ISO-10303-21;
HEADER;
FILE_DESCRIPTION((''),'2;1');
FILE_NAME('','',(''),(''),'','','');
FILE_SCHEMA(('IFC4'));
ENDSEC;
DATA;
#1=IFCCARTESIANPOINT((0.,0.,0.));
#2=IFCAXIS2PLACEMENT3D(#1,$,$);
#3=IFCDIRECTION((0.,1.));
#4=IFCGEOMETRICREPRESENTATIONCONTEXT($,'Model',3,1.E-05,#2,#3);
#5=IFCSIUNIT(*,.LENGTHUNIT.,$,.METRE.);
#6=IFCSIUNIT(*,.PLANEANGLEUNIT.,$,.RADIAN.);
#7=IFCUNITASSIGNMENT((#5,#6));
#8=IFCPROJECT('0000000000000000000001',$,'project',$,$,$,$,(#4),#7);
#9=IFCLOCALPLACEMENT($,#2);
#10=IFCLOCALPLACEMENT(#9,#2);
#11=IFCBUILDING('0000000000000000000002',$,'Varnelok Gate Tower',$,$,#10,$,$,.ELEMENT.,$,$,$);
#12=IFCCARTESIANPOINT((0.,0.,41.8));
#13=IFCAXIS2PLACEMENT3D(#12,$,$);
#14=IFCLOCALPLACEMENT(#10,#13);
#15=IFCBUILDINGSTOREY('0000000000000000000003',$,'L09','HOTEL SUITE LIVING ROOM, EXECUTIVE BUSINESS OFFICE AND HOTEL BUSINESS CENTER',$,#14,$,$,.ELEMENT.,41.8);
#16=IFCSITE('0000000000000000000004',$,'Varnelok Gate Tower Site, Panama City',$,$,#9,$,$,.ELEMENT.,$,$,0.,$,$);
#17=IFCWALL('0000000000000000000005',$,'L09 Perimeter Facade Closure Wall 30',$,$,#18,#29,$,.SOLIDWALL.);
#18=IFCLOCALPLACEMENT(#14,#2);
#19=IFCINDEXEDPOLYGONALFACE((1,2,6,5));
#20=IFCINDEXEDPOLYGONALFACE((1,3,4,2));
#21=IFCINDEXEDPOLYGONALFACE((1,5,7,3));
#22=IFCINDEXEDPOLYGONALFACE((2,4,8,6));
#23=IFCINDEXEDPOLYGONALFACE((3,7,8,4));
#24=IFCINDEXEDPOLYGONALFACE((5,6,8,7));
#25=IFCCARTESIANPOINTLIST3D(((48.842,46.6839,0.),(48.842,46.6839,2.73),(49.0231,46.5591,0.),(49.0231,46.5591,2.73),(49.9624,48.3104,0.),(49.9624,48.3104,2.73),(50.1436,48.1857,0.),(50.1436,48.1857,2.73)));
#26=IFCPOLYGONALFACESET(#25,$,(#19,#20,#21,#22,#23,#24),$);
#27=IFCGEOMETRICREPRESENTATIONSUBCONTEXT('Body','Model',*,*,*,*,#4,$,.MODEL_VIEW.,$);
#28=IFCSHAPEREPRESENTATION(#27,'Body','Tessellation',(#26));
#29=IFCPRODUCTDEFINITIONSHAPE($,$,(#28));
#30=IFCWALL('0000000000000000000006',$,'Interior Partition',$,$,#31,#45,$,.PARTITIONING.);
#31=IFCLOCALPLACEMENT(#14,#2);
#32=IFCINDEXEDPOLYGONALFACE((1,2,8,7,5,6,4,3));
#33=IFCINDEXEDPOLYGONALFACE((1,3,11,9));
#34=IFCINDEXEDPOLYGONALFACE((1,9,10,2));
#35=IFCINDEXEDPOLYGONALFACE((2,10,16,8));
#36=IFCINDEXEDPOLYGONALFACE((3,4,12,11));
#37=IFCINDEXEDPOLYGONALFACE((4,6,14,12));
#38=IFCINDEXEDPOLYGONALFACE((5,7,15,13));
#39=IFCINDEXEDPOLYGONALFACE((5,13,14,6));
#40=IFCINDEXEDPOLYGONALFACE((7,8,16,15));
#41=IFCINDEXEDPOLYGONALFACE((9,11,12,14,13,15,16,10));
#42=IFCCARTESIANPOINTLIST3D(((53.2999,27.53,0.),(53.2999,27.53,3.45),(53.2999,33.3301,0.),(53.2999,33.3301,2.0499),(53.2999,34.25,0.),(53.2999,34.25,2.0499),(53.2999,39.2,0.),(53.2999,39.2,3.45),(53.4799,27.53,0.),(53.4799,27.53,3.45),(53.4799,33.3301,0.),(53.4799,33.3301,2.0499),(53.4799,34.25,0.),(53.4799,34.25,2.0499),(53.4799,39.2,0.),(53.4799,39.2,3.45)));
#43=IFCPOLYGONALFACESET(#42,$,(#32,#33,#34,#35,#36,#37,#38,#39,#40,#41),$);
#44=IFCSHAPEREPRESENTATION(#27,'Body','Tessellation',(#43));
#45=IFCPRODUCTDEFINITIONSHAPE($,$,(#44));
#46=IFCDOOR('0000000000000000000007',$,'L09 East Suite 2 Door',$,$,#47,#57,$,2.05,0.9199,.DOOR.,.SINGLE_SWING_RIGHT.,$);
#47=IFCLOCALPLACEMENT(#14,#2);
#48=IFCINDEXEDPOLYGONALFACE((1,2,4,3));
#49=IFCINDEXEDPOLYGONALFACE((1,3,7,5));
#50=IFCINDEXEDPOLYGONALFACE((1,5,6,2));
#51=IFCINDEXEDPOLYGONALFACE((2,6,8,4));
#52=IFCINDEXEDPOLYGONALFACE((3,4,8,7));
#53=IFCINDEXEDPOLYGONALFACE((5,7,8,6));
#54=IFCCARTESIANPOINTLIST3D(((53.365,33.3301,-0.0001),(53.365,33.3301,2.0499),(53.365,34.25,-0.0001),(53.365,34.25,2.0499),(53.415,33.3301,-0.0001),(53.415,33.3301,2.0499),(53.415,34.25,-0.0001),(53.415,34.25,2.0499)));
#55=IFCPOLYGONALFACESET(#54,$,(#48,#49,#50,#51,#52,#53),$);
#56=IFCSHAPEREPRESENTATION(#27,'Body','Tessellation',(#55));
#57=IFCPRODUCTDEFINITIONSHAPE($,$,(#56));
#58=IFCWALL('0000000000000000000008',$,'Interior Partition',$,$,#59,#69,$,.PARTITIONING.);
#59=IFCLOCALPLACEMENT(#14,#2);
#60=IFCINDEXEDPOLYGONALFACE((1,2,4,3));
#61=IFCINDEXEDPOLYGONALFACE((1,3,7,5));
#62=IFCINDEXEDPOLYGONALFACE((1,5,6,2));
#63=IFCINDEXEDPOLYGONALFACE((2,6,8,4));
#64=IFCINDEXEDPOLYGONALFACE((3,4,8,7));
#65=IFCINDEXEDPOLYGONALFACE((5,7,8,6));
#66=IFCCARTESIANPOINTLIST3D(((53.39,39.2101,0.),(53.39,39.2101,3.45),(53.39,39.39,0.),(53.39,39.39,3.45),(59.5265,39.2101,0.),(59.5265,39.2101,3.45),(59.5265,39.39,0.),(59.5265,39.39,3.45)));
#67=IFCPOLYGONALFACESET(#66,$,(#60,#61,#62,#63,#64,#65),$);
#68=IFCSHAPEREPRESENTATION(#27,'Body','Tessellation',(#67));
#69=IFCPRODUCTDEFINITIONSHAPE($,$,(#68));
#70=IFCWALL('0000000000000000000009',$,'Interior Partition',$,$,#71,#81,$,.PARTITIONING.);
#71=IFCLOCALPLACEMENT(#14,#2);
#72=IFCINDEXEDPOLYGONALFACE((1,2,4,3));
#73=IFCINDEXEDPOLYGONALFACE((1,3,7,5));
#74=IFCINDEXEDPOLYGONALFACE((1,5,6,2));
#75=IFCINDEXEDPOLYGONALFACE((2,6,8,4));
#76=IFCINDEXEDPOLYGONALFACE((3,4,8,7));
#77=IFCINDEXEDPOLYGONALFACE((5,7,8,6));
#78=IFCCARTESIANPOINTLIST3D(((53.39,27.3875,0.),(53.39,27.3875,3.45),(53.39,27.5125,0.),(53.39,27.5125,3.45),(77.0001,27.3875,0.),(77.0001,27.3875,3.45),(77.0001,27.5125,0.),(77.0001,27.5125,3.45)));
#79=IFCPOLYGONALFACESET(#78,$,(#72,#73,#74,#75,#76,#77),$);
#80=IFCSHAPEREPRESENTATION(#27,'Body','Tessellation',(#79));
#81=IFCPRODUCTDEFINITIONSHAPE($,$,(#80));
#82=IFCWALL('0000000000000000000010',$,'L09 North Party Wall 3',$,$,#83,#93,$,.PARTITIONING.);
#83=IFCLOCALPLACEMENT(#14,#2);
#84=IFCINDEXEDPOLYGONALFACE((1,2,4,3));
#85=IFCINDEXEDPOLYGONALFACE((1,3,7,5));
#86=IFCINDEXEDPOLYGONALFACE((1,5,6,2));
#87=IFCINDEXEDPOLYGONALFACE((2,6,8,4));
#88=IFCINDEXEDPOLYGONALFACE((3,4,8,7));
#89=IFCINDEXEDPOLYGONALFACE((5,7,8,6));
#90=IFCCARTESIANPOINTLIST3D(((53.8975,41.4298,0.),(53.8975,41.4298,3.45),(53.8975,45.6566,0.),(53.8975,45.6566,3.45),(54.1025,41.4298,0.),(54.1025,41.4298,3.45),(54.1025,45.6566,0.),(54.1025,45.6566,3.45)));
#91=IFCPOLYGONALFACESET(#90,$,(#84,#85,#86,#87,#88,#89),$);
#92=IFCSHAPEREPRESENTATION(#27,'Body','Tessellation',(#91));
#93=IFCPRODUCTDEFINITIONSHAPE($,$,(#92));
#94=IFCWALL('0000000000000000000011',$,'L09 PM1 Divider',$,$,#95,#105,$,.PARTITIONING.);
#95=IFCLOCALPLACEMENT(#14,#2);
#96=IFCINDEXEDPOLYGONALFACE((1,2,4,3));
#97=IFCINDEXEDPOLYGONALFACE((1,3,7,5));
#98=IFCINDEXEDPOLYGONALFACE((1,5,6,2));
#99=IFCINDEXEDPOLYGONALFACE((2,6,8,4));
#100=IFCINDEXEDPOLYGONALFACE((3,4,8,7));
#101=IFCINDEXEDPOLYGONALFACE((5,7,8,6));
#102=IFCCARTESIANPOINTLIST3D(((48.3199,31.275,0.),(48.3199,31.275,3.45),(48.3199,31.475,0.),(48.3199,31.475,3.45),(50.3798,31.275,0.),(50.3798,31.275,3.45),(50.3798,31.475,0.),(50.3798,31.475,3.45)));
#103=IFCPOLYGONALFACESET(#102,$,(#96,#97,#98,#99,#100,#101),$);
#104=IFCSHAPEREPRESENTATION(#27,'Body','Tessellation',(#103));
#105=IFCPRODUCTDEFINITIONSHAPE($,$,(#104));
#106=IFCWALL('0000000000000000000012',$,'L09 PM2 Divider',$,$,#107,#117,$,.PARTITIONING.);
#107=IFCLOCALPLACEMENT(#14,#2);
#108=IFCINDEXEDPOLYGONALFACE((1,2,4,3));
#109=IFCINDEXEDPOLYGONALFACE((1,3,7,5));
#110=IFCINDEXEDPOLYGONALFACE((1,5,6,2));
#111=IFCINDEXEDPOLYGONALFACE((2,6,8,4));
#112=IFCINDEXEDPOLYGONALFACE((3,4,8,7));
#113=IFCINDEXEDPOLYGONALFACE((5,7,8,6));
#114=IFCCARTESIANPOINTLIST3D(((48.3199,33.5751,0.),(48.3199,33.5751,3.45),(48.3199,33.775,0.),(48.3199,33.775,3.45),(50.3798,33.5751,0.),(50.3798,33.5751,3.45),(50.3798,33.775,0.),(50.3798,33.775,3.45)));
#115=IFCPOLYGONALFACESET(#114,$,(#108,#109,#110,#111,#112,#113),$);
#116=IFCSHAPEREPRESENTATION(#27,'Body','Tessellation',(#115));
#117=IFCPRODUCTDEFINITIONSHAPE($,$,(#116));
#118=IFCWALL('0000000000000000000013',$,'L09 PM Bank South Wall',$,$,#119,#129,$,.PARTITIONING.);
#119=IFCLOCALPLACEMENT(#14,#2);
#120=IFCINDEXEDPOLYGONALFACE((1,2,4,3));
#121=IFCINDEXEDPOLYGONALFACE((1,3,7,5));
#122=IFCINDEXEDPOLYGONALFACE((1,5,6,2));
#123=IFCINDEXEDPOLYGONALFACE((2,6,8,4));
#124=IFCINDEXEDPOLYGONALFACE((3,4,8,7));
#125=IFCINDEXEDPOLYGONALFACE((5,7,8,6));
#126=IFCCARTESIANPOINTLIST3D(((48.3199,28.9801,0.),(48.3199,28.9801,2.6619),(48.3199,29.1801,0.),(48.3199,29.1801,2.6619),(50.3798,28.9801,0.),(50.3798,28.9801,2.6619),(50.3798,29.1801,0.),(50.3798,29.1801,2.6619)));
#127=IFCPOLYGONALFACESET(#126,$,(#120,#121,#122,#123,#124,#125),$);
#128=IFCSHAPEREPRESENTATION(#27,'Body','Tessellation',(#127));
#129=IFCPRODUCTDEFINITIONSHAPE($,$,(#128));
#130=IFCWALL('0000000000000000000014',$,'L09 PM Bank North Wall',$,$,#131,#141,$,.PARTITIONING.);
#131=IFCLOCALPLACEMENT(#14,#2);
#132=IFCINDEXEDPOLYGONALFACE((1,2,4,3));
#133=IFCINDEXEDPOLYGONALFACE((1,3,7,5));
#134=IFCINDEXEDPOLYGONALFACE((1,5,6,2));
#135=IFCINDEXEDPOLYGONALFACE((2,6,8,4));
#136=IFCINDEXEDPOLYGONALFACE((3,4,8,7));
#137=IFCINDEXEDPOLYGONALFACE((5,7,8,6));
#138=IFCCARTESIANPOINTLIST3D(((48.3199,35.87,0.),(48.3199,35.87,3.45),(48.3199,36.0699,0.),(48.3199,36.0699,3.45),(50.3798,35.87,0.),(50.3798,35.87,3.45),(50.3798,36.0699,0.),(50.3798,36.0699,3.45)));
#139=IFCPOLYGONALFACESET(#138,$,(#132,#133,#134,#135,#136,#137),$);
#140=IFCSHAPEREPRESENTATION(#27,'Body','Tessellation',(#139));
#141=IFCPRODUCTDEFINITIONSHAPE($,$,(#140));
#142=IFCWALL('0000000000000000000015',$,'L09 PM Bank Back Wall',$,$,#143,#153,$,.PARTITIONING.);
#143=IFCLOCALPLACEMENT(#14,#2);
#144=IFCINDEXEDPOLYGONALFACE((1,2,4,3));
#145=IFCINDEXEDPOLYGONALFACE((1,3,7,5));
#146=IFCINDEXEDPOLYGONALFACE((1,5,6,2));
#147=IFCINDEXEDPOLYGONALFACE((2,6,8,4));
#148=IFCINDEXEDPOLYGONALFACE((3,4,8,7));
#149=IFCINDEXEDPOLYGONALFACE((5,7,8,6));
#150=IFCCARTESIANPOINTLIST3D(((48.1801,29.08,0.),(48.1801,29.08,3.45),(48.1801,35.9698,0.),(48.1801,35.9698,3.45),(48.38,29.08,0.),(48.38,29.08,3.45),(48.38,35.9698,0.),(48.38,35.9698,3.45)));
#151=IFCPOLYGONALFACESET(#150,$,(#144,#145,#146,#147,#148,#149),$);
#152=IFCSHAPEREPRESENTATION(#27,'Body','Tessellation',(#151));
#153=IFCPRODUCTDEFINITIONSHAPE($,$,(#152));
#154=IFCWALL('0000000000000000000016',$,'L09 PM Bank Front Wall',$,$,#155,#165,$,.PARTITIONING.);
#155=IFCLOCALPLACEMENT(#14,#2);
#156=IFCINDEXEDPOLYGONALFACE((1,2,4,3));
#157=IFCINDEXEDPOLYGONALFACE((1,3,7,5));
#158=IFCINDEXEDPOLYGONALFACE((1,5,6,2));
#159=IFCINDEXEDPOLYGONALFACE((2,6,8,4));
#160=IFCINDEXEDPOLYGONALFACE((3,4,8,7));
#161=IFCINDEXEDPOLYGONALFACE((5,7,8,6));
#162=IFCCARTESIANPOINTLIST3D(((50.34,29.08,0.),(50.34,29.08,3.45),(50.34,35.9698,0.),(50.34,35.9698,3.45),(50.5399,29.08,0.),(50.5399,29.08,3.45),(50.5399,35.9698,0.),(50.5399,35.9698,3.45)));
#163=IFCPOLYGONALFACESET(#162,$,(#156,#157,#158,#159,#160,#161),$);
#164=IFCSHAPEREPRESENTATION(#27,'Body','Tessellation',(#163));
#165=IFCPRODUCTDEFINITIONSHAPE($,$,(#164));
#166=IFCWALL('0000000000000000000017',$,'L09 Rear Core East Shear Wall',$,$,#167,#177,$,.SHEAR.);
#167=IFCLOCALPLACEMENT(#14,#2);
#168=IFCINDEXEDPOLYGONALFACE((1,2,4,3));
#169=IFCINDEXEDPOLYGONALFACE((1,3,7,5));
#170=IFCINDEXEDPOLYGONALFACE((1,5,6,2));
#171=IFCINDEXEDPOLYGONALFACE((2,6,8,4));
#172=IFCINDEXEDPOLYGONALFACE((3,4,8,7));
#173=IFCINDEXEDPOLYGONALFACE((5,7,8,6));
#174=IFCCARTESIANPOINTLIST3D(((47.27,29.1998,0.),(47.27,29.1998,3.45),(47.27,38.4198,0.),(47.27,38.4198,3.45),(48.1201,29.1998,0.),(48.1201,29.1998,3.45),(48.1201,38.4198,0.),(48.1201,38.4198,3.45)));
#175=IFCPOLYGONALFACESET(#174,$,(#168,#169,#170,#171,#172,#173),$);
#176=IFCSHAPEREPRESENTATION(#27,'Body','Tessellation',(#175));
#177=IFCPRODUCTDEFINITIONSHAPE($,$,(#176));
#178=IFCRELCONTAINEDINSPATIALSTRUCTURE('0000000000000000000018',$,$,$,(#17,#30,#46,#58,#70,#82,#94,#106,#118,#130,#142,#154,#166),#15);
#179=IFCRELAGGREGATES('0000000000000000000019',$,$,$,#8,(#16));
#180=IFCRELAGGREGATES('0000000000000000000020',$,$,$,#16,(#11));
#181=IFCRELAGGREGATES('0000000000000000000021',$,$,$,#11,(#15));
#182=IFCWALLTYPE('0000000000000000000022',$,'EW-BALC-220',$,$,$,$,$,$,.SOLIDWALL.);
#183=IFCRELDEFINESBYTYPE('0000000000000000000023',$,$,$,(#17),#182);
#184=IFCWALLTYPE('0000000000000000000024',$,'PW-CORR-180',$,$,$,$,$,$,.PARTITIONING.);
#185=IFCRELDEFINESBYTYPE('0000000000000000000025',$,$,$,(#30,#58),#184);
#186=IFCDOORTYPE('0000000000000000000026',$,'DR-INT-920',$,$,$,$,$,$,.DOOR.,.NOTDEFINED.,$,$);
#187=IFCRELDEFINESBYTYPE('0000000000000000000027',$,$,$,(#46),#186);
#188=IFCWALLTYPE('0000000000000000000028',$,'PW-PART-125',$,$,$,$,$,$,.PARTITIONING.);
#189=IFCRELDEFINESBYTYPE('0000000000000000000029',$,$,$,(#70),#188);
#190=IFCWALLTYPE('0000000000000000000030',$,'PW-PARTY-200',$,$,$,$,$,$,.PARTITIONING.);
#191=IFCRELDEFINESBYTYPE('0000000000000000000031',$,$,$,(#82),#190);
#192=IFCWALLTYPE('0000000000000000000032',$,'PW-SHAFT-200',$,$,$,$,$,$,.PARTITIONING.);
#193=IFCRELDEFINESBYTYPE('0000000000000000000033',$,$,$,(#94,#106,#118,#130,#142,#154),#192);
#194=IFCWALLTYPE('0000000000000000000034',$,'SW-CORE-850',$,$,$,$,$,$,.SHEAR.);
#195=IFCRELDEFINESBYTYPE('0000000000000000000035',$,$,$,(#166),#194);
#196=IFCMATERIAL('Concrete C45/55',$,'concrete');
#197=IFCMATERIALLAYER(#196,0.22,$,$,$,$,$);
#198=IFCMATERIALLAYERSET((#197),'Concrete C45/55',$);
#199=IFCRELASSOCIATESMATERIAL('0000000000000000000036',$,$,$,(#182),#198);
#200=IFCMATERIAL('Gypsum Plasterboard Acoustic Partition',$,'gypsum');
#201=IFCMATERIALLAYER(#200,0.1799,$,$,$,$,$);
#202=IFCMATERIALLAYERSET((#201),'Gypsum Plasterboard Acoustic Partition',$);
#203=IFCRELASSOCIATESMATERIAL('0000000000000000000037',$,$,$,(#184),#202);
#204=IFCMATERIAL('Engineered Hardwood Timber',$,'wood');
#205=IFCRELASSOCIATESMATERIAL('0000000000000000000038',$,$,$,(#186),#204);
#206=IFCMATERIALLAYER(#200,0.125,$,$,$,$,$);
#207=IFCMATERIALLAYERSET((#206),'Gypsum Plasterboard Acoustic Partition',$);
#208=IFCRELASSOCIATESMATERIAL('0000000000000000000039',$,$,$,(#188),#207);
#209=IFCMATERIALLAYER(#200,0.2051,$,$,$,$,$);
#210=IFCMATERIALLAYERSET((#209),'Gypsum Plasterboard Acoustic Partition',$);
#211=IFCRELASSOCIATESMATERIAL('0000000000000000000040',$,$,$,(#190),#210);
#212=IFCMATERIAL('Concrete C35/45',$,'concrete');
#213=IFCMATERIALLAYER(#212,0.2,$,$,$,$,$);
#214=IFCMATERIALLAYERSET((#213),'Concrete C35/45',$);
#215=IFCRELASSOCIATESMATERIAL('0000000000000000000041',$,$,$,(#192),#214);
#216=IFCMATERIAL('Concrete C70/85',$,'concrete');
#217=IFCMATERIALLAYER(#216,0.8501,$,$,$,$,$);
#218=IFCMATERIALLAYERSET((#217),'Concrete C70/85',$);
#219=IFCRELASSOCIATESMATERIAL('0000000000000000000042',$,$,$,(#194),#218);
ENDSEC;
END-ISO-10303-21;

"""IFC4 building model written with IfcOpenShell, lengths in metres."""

from ifc_helpers import new_model, si_unit, direction, frame, frame_2d, origin, place, context, subcontext, project, spatial, rectangle, extrude, material, layer, layer_set, type_object, element, fill, save


model = new_model("IFC4")

# Units and contexts
model_context = context("Model", 3, precision=1e-05, world=origin(), true_north=direction((0.0, 1.0)))
body_context = subcontext(model_context, "Body", "Model", "MODEL_VIEW")
ifc_project = project(units=[si_unit("LENGTHUNIT", "METRE"), si_unit("PLANEANGLEUNIT", "RADIAN")], contexts=[model_context])

# Site, building, storey
site_placement = place(None, origin())
site = spatial("IfcSite", under=ifc_project, at=site_placement, Name="Varnelok Gate Tower Site, Panama City", CompositionType="ELEMENT", RefElevation=0.0)
building_placement = place(site_placement, origin())
building = spatial("IfcBuilding", under=site, at=building_placement, Name="Varnelok Gate Tower", CompositionType="ELEMENT")
storey_placement = place(building_placement, frame((0.0, 0.0, 41.8)))
storey = spatial("IfcBuildingStorey", under=building, at=storey_placement, Name="L09", Description="HOTEL SUITE LIVING ROOM, EXECUTIVE BUSINESS OFFICE AND HOTEL BUSINESS CENTER", CompositionType="ELEMENT", Elevation=41.8)

# Shared definitions
ifc_material_1 = material(Name="Concrete C70/85", Category="concrete")

# Wall
ifc_material_2 = material(Name="Concrete C45/55", Category="concrete")
ifc_layer_1 = layer(ifc_material_2, 0.22)
ifc_layer_set_1 = layer_set([ifc_layer_1], Name="Concrete C45/55")
wall_type_1 = type_object("IfcWallType", Name="EW-BALC-220", PredefinedType="SOLIDWALL", material=ifc_layer_set_1)
wall_1_placement = place(storey_placement, frame((50.053, 48.248, 0.0), z_axis=(0.0, 0.0, 1.0), x_axis=(-0.567274, -0.823529, 0.0)))
element("IfcWall", 1, at=wall_1_placement, inside=storey, type_object=wall_type_1, Name="L09 Perimeter Facade Closure Wall 30", PredefinedType="SOLIDWALL", context=body_context, shape_type="SweptSolid", body=[
    extrude(rectangle(XDim=1.9751, YDim=0.22, at=frame_2d((0.9875, 0.0))), origin(), (0.0, 0.0, 1.0), 2.73),
])

# Wall, opening, door
ifc_material_3 = material(Name="Gypsum Plasterboard Acoustic Partition", Category="gypsum")
ifc_layer_2 = layer(ifc_material_3, 0.1799)
ifc_layer_set_2 = layer_set([ifc_layer_2], Name="Gypsum Plasterboard Acoustic Partition")
wall_type_2 = type_object("IfcWallType", Name="PW-CORR-180", PredefinedType="PARTITIONING", material=ifc_layer_set_2)
wall_2_placement = place(storey_placement, frame((53.3899, 27.53, 0.0), z_axis=(0.0, 0.0, 1.0), x_axis=(0.0, 1.0, 0.0)))
wall_2 = element("IfcWall", 2, at=wall_2_placement, inside=storey, type_object=wall_type_2, Name="Interior Partition", PredefinedType="PARTITIONING", context=body_context, shape_type="SweptSolid", body=[
    extrude(rectangle(XDim=11.6699, YDim=0.1799, at=frame_2d((5.835, 0.0))), origin(), (0.0, 0.0, 1.0), 3.45),
])
opening_placement = place(wall_2_placement, frame((5.8, 0.0, 0.0)))
opening = element("IfcOpeningElement", 3, at=opening_placement, cuts=wall_2, PredefinedType="OPENING", context=body_context, shape_type="SweptSolid", body=[
    extrude(rectangle(XDim=0.9199, YDim=2.05, at=frame_2d((0.46, 1.0249))), frame((0.0, 0.0999, 0.0), z_axis=(0.0, -1.0, 0.0), x_axis=(1.0, 0.0, 0.0)), (0.0, 0.0, 1.0), 0.2),
])
ifc_material_4 = material(Name="Engineered Hardwood Timber", Category="wood")
door_type = type_object("IfcDoorType", Name="DR-INT-920", OperationType="NOTDEFINED", PredefinedType="DOOR", material=ifc_material_4)
door_placement = place(opening_placement, origin())
door = element("IfcDoor", 4, at=door_placement, inside=storey, type_object=door_type, Name="L09 East Suite 2 Door", OperationType="SINGLE_SWING_RIGHT", OverallHeight=2.05, OverallWidth=0.9199, PredefinedType="DOOR", context=body_context, shape_type="SweptSolid", body=[
    extrude(rectangle(XDim=0.9199, YDim=2.05, at=frame_2d((0.46, 1.0249))), frame((0.0, 0.0249, 0.0), z_axis=(0.0, -1.0, 0.0), x_axis=(1.0, 0.0, 0.0)), (0.0, 0.0, 1.0), 0.05),
])
fill(opening, door)

# Walls
wall_3_placement = place(storey_placement, frame((53.3899, 39.3, 0.0), z_axis=(0.0, 0.0, 1.0), x_axis=(1.0, 0.0, 0.0)))
element("IfcWall", 5, at=wall_3_placement, inside=storey, type_object=wall_type_2, Name="Interior Partition", PredefinedType="PARTITIONING", context=body_context, shape_type="SweptSolid", body=[
    extrude(rectangle(XDim=6.1365, YDim=0.1799, at=frame_2d((3.0684, 0.0))), origin(), (0.0, 0.0, 1.0), 3.45),
])
ifc_layer_3 = layer(ifc_material_3, 0.125)
ifc_layer_set_3 = layer_set([ifc_layer_3], Name="Gypsum Plasterboard Acoustic Partition")
wall_type_3 = type_object("IfcWallType", Name="PW-PART-125", PredefinedType="PARTITIONING", material=ifc_layer_set_3)
wall_4_placement = place(storey_placement, frame((53.3899, 27.45, 0.0), z_axis=(0.0, 0.0, 1.0), x_axis=(1.0, 0.0, 0.0)))
element("IfcWall", 6, at=wall_4_placement, inside=storey, type_object=wall_type_3, Name="Interior Partition", PredefinedType="PARTITIONING", context=body_context, shape_type="SweptSolid", body=[
    extrude(rectangle(XDim=23.6101, YDim=0.125, at=frame_2d((11.8052, 0.0))), origin(), (0.0, 0.0, 1.0), 3.45),
])
ifc_layer_4 = layer(ifc_material_3, 0.2051)
ifc_layer_set_4 = layer_set([ifc_layer_4], Name="Gypsum Plasterboard Acoustic Partition")
wall_type_4 = type_object("IfcWallType", Name="PW-PARTY-200", PredefinedType="PARTITIONING", material=ifc_layer_set_4)
wall_5_placement = place(storey_placement, frame((54.0, 41.4299, 0.0), z_axis=(0.0, 0.0, 1.0), x_axis=(0.0, 1.0, 0.0)))
element("IfcWall", 7, at=wall_5_placement, inside=storey, type_object=wall_type_4, Name="L09 North Party Wall 3", PredefinedType="PARTITIONING", context=body_context, shape_type="SweptSolid", body=[
    extrude(rectangle(XDim=4.2268, YDim=0.2051, at=frame_2d((2.1133, 0.0))), origin(), (0.0, 0.0, 1.0), 3.45),
])
ifc_material_5 = material(Name="Concrete C35/45", Category="concrete")
ifc_layer_5 = layer(ifc_material_5, 0.2)
ifc_layer_set_5 = layer_set([ifc_layer_5], Name="Concrete C35/45")
wall_type_5 = type_object("IfcWallType", Name="PW-SHAFT-200", PredefinedType="PARTITIONING", material=ifc_layer_set_5)
for number, where, z_axis, x_axis, name in (
    (8, (48.3201, 31.375, 0.0), (0.0, 0.0, 1.0), (1.0, 0.0, 0.0), "L09 PM1 Divider"),
    (9, (48.3201, 33.675, 0.0), (0.0, 0.0, 1.0), (1.0, 0.0, 0.0), "L09 PM2 Divider"),
):
    element("IfcWall", number, at=place(storey_placement, frame(where, z_axis=z_axis, x_axis=x_axis)), inside=storey, type_object=wall_type_5, Name=name, PredefinedType="PARTITIONING", context=body_context, shape_type="SweptSolid", body=[
        extrude(rectangle(XDim=2.0598, YDim=0.2, at=frame_2d((1.0298, 0.0))), origin(), (0.0, 0.0, 1.0), 3.45),
    ])
wall_6_placement = place(storey_placement, frame((48.3201, 29.0801, 0.0), z_axis=(0.0, 0.0, 1.0), x_axis=(1.0, 0.0, 0.0)))
element("IfcWall", 10, at=wall_6_placement, inside=storey, type_object=wall_type_5, Name="L09 PM Bank South Wall", PredefinedType="PARTITIONING", context=body_context, shape_type="SweptSolid", body=[
    extrude(rectangle(XDim=2.0598, YDim=0.2, at=frame_2d((1.0298, 0.0))), origin(), (0.0, 0.0, 1.0), 2.6619),
])
wall_7_placement = place(storey_placement, frame((48.3201, 35.97, 0.0), z_axis=(0.0, 0.0, 1.0), x_axis=(1.0, 0.0, 0.0)))
element("IfcWall", 11, at=wall_7_placement, inside=storey, type_object=wall_type_5, Name="L09 PM Bank North Wall", PredefinedType="PARTITIONING", context=body_context, shape_type="SweptSolid", body=[
    extrude(rectangle(XDim=2.0598, YDim=0.2, at=frame_2d((1.0298, 0.0))), origin(), (0.0, 0.0, 1.0), 3.45),
])
for number, where, z_axis, x_axis, name in (
    (12, (48.28, 29.0801, 0.0), (0.0, 0.0, 1.0), (0.0, 1.0, 0.0), "L09 PM Bank Back Wall"),
    (13, (50.4399, 29.0801, 0.0), (0.0, 0.0, 1.0), (0.0, 1.0, 0.0), "L09 PM Bank Front Wall"),
):
    element("IfcWall", number, at=place(storey_placement, frame(where, z_axis=z_axis, x_axis=x_axis)), inside=storey, type_object=wall_type_5, Name=name, PredefinedType="PARTITIONING", context=body_context, shape_type="SweptSolid", body=[
        extrude(rectangle(XDim=6.8899, YDim=0.2, at=frame_2d((3.4448, 0.0))), origin(), (0.0, 0.0, 1.0), 3.45),
    ])
ifc_layer_6 = layer(ifc_material_1, 0.8501)
ifc_layer_set_6 = layer_set([ifc_layer_6], Name="Concrete C70/85")
wall_type_6 = type_object("IfcWallType", Name="SW-CORE-850", PredefinedType="SHEAR", material=ifc_layer_set_6)
wall_8_placement = place(storey_placement, frame((47.6951, 29.2, 0.0), z_axis=(0.0, 0.0, 1.0), x_axis=(0.0, 1.0, 0.0)))
element("IfcWall", 14, at=wall_8_placement, inside=storey, type_object=wall_type_6, Name="L09 Rear Core East Shear Wall", PredefinedType="SHEAR", context=body_context, shape_type="SweptSolid", body=[
    extrude(rectangle(XDim=9.22, YDim=0.8501, at=frame_2d((4.6099, 0.0))), origin(), (0.0, 0.0, 1.0), 3.45),
])

save(model, "model.ifc")
